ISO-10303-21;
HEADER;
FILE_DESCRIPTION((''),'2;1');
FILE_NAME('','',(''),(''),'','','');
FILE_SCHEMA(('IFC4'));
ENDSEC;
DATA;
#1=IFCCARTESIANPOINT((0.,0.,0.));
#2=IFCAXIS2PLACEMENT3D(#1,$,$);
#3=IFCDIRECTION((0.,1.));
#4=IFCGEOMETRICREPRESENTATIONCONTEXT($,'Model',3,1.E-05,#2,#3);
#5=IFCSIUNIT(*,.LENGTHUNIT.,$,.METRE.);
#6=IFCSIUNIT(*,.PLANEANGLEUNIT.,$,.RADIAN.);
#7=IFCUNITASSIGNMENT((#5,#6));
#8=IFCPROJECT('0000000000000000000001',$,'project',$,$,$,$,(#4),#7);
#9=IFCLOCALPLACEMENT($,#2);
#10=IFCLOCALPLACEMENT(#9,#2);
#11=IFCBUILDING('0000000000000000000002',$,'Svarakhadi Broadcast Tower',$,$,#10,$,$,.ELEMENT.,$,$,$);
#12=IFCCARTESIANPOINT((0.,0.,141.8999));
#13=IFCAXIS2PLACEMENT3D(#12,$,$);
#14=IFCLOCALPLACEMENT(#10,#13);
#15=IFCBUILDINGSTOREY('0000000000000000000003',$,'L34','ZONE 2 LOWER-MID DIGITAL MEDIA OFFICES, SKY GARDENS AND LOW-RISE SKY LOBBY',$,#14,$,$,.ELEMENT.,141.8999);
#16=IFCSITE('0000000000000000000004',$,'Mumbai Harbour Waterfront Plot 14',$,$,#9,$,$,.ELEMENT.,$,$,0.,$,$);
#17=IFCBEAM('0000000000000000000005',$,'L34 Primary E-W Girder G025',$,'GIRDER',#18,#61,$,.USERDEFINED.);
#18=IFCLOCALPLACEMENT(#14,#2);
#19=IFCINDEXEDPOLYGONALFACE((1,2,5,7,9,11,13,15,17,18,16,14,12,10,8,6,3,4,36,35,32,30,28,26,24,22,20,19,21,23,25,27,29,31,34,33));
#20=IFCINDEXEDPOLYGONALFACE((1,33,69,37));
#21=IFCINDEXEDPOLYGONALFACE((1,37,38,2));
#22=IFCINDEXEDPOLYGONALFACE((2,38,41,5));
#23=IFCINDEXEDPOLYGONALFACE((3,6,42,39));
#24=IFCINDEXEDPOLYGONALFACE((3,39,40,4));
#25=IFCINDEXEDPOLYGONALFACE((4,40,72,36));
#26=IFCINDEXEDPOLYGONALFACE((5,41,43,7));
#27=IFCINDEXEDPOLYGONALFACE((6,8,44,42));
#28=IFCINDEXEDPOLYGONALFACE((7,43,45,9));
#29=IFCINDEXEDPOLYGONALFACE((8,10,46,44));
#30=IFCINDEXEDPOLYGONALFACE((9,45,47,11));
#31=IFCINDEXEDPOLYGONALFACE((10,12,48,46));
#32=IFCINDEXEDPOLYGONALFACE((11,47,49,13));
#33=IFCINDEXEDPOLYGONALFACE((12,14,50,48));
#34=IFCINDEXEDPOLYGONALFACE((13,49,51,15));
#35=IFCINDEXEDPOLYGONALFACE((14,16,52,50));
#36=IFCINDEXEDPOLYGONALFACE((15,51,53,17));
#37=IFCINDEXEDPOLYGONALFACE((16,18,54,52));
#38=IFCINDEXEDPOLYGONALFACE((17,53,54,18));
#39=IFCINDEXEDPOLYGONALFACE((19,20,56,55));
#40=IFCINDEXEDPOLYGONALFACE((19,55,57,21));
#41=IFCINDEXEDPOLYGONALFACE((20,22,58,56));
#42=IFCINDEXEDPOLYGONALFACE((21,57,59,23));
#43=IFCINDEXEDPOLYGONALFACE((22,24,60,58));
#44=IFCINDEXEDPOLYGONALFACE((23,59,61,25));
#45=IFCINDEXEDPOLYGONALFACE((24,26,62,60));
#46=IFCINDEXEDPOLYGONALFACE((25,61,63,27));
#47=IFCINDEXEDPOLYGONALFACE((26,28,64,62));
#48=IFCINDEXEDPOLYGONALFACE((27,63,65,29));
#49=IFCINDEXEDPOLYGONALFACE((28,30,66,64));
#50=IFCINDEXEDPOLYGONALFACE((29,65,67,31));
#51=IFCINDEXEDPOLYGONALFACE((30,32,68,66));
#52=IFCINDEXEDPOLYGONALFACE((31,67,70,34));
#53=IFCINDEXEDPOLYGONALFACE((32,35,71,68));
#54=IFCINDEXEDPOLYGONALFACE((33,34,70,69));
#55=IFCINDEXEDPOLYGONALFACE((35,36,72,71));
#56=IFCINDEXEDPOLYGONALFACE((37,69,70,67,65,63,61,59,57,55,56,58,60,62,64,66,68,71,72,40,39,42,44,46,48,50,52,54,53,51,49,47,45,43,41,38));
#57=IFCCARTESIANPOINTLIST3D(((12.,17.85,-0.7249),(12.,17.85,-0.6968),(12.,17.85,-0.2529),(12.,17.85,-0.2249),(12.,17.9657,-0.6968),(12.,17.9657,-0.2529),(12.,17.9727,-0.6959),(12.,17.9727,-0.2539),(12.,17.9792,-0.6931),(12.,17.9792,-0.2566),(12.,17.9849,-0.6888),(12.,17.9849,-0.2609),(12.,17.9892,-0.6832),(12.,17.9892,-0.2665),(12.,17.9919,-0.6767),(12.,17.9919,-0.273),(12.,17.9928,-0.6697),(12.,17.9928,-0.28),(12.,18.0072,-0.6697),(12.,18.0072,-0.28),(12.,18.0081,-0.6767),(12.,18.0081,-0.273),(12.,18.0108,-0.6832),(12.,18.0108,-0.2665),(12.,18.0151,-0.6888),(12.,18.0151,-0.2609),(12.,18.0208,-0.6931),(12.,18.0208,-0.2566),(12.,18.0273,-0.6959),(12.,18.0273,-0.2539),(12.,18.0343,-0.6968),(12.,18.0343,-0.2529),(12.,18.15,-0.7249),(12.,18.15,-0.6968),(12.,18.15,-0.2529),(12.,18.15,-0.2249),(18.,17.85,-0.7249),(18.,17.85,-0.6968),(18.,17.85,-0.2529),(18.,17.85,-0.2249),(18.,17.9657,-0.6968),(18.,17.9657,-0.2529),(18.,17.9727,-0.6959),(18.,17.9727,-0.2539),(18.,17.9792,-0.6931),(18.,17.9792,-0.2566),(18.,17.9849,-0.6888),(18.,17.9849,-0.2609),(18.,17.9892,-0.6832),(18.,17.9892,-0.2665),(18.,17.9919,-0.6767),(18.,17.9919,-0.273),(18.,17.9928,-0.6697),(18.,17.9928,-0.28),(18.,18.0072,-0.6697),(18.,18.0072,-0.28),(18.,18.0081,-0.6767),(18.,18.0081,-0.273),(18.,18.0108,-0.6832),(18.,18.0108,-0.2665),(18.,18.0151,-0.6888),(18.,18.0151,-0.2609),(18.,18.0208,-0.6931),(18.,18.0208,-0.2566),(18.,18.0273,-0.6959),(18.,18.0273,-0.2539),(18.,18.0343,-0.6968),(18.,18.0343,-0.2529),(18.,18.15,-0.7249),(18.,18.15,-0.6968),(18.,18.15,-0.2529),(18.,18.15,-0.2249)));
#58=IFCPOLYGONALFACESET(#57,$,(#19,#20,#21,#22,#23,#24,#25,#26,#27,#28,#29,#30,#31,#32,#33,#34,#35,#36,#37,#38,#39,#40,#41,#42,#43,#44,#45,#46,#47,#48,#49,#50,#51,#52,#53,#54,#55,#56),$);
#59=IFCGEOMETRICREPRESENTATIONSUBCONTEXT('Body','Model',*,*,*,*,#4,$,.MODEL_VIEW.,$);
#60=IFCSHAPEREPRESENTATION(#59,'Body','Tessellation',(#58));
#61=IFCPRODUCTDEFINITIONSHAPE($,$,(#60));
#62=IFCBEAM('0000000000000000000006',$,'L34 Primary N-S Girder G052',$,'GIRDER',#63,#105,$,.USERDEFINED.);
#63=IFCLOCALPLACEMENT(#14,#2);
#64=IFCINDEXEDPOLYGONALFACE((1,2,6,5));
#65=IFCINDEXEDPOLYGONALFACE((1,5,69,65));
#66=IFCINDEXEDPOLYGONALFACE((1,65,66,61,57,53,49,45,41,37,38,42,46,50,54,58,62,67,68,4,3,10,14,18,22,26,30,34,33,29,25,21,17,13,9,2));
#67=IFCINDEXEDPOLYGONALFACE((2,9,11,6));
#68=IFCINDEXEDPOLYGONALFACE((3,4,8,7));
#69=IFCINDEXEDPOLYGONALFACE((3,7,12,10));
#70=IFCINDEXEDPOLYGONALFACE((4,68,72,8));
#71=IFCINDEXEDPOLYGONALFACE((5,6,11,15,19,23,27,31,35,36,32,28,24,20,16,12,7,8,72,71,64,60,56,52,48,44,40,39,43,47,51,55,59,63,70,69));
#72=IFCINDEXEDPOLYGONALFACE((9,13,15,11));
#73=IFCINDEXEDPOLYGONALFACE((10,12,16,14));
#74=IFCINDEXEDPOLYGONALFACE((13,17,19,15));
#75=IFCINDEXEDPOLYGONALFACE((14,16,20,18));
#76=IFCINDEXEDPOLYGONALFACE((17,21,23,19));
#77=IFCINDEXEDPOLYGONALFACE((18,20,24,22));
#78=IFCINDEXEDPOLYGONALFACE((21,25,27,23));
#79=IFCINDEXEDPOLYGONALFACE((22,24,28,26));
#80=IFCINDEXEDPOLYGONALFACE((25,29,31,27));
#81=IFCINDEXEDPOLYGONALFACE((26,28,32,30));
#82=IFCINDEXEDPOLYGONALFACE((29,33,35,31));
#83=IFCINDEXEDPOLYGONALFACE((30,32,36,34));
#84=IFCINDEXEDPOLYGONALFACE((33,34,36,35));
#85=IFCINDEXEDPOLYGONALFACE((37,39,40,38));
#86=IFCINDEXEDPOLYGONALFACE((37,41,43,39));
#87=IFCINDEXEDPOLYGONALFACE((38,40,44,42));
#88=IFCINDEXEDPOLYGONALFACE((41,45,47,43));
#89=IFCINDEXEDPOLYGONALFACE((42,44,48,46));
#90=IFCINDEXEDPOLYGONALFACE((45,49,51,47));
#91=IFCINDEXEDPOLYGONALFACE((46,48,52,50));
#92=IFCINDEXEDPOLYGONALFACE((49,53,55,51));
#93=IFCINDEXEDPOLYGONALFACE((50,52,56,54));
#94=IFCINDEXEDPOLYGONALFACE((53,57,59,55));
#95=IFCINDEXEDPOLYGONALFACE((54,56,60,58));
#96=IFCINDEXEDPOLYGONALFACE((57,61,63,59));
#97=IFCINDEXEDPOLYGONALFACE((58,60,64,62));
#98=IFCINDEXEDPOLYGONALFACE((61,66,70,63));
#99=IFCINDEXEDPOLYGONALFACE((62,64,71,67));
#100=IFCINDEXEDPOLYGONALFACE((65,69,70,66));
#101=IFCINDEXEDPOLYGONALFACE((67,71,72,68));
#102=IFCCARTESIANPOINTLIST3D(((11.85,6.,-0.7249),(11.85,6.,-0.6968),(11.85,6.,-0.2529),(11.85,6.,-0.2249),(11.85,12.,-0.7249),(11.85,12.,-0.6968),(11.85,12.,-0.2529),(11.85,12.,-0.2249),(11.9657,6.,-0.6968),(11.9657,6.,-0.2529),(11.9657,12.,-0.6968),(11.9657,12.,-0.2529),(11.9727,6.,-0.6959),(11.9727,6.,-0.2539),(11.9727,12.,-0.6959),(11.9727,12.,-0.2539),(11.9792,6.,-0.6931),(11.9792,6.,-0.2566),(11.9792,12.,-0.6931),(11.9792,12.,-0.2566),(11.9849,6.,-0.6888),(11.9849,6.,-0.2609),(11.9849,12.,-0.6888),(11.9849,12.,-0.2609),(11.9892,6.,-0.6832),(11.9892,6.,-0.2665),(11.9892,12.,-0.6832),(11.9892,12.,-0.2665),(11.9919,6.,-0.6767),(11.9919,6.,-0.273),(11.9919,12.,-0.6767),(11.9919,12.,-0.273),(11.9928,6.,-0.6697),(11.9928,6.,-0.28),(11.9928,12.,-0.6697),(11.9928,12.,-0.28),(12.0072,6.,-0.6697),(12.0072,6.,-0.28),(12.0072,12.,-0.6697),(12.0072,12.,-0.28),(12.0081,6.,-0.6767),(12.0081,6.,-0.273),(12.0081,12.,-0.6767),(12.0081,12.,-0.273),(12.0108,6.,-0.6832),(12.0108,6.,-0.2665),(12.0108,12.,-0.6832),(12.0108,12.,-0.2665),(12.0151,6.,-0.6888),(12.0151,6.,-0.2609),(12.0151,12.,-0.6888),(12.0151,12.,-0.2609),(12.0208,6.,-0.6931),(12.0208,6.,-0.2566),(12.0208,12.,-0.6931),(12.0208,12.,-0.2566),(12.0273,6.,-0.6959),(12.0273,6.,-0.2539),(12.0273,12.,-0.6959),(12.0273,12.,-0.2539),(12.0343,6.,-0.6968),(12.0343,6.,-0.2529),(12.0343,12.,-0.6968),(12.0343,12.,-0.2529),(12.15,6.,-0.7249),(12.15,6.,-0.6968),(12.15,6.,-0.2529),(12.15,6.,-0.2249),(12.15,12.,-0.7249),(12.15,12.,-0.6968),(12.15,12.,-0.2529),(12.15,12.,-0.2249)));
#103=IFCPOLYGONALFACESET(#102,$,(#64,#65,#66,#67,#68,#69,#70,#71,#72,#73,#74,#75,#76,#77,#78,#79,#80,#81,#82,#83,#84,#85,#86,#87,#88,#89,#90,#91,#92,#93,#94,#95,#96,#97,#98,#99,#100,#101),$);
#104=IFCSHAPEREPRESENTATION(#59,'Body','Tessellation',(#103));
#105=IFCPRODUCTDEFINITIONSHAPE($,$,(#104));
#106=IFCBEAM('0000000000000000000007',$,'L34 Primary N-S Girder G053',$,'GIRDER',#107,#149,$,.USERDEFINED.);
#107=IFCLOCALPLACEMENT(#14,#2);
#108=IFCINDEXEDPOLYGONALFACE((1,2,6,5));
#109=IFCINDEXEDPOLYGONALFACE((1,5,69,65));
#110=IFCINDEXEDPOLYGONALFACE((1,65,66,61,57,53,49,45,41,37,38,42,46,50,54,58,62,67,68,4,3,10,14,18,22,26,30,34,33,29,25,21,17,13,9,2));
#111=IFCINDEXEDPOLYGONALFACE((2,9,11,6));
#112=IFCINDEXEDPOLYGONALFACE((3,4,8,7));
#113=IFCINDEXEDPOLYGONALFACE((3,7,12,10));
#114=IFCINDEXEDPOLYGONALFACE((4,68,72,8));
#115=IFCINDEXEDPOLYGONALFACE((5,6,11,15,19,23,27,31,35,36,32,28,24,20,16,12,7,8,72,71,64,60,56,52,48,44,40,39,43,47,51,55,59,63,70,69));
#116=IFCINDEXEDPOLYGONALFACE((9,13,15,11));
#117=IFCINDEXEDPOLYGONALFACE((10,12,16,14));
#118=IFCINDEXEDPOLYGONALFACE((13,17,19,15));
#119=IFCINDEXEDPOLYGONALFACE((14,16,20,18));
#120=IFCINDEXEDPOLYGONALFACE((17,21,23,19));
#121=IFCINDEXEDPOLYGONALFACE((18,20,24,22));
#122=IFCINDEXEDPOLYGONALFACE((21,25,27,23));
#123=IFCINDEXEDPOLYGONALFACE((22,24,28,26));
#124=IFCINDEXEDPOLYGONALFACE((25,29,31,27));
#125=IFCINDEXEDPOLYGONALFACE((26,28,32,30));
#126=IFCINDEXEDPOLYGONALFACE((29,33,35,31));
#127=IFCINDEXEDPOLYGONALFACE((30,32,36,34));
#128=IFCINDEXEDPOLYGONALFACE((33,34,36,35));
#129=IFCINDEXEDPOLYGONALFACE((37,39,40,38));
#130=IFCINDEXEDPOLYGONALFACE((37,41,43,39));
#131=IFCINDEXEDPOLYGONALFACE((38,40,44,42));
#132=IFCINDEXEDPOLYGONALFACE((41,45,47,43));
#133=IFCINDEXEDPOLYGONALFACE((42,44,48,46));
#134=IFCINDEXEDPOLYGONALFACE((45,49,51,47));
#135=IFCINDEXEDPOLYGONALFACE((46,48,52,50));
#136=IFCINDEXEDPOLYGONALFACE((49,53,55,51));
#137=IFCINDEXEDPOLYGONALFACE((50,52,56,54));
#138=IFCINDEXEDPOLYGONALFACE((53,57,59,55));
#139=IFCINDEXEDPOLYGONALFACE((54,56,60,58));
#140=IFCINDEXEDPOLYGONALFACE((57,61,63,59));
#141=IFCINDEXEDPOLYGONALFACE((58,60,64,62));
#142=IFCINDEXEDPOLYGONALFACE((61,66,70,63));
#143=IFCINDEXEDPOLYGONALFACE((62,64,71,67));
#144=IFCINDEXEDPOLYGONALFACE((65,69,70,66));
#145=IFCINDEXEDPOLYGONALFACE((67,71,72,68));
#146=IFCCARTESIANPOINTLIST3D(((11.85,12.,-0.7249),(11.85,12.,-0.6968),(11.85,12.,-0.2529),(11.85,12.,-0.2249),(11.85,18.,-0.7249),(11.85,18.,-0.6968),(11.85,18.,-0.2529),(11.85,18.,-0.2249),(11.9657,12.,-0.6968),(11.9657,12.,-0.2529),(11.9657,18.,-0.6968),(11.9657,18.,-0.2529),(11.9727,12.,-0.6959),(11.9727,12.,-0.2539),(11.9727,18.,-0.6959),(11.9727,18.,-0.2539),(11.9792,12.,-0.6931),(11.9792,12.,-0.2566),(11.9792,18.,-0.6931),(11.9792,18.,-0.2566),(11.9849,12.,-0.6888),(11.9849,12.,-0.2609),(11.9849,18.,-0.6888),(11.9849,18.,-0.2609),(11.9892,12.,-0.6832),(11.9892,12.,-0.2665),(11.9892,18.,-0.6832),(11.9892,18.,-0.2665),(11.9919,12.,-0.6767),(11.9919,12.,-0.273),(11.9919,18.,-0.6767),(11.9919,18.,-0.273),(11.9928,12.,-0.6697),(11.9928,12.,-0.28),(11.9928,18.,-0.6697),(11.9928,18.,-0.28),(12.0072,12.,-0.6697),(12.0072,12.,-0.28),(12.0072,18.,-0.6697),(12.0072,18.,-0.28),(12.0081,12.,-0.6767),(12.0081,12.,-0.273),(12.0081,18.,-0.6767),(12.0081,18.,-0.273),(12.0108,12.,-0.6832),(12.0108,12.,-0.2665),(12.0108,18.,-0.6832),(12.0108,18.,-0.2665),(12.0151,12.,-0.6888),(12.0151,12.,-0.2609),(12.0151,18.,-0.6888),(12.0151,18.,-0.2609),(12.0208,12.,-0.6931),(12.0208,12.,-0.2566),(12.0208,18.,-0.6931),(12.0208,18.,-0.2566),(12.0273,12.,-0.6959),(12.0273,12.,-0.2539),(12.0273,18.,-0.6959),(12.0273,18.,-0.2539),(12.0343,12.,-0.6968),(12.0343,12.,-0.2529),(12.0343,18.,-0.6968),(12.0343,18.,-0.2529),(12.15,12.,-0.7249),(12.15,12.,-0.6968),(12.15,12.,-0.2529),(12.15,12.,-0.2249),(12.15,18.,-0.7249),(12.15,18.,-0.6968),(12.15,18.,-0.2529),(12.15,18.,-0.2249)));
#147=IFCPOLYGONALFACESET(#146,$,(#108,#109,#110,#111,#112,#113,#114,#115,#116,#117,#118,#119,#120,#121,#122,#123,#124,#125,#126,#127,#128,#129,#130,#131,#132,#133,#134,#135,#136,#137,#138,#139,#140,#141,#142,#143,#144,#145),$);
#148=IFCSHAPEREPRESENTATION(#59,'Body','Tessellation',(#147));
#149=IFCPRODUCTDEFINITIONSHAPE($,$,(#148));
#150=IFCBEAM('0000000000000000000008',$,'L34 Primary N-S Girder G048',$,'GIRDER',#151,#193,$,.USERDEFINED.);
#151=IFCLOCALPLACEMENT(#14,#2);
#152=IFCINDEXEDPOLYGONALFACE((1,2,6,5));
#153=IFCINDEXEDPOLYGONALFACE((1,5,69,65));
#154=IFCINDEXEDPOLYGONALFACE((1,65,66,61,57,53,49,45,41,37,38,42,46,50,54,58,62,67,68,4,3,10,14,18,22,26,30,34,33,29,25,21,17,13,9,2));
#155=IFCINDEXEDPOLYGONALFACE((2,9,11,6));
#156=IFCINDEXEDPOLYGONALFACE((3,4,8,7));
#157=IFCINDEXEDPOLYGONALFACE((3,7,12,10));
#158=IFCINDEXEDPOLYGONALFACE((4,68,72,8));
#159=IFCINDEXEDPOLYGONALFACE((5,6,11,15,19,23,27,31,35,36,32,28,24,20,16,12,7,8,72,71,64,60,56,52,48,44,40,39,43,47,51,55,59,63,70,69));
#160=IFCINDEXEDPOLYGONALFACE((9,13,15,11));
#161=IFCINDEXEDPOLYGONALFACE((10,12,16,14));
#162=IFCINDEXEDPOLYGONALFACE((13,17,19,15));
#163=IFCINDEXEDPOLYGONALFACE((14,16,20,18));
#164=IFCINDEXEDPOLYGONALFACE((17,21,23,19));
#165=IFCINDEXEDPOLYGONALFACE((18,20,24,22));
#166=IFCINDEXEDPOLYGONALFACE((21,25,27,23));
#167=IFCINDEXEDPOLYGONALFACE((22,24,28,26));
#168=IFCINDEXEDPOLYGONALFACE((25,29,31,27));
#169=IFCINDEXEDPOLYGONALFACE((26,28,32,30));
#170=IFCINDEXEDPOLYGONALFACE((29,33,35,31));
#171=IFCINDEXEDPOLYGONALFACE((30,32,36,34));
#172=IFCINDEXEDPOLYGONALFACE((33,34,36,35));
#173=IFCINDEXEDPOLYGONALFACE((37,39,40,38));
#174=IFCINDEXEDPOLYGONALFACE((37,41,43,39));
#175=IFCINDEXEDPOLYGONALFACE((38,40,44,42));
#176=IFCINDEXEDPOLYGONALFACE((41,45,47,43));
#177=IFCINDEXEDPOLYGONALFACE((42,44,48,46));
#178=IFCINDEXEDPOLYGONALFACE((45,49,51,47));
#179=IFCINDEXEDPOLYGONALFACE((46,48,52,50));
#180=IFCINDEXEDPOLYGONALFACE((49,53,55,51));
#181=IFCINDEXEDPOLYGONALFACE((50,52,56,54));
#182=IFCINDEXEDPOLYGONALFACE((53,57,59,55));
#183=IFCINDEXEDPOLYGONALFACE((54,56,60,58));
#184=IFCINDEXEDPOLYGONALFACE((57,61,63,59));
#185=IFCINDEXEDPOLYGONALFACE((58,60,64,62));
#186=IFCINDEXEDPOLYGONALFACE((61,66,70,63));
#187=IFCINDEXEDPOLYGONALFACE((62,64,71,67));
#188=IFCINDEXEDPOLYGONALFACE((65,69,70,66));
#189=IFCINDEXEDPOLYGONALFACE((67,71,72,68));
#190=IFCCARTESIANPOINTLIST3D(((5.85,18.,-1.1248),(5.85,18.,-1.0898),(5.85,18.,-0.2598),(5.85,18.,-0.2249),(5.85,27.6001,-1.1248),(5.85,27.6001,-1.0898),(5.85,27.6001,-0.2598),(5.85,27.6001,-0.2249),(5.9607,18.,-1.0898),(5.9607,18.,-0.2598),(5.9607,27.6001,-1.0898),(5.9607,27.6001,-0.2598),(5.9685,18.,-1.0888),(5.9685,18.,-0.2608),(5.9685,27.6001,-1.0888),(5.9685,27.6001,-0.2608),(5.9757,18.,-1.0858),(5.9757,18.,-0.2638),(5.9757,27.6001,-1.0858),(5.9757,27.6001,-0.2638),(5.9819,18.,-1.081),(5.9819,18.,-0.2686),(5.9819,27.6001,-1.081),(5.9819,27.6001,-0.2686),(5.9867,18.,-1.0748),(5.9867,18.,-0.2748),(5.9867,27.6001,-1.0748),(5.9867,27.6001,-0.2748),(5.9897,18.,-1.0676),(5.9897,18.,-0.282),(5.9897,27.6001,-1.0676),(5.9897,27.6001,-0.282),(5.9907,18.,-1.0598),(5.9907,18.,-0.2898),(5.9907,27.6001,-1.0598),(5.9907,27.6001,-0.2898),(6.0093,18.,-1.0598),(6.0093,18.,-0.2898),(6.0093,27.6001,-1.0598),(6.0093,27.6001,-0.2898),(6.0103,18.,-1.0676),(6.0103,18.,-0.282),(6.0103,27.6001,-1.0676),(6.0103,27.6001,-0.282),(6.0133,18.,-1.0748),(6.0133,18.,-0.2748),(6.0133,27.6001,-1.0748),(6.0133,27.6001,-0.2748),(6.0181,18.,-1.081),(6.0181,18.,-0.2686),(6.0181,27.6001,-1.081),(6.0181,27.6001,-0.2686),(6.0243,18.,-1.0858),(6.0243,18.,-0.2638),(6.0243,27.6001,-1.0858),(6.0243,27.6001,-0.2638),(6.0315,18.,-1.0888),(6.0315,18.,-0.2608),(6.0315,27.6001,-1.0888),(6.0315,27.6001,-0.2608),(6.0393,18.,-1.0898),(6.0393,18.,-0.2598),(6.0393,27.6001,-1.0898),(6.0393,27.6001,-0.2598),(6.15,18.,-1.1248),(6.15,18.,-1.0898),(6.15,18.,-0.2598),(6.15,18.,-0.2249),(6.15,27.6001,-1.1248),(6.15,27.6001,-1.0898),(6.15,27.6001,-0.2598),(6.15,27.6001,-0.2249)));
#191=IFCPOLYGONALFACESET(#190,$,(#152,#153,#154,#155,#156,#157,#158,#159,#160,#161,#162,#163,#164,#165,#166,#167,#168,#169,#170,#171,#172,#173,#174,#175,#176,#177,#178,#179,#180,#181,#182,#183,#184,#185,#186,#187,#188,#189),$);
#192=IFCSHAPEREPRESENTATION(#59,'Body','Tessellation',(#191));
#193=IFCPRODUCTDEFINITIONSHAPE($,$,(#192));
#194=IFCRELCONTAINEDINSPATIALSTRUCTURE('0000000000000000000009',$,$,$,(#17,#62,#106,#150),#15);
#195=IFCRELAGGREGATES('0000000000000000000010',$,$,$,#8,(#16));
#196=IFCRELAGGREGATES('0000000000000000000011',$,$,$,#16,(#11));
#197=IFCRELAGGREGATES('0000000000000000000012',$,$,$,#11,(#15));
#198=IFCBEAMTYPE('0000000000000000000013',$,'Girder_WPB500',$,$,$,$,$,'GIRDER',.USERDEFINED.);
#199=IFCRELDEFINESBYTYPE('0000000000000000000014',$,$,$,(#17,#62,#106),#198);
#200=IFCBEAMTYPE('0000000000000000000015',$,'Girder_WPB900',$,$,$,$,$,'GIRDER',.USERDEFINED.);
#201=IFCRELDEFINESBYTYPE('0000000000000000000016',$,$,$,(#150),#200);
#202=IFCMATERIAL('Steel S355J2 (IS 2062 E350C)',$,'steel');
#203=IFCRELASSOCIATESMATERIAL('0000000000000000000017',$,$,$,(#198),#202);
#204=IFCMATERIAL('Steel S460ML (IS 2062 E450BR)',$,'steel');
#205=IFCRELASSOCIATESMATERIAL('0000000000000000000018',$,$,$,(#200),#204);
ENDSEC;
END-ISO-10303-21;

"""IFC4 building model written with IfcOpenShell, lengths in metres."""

from ifc_helpers import new_model, si_unit, direction, frame, origin, origin_2d, place, context, subcontext, project, spatial, i_section, extrude, material, material_profile, profile_set, type_object, element, save


model = new_model("IFC4")

# Units and contexts
model_context = context("Model", 3, precision=1e-05, world=origin(), true_north=direction((0.0, 1.0)))
body_context = subcontext(model_context, "Body", "Model", "MODEL_VIEW")
ifc_project = project(units=[si_unit("LENGTHUNIT", "METRE"), si_unit("PLANEANGLEUNIT", "RADIAN")], contexts=[model_context])

# Site, building, storey
site_placement = place(None, origin())
site = spatial("IfcSite", under=ifc_project, at=site_placement, Name="Mumbai Harbour Waterfront Plot 14", CompositionType="ELEMENT", RefElevation=0.0)
building_placement = place(site_placement, origin())
building = spatial("IfcBuilding", under=site, at=building_placement, Name="Svarakhadi Broadcast Tower", CompositionType="ELEMENT")
storey_placement = place(building_placement, frame((0.0, 0.0, 141.8999)))
storey = spatial("IfcBuildingStorey", under=building, at=storey_placement, Name="L34", Description="ZONE 2 LOWER-MID DIGITAL MEDIA OFFICES, SKY GARDENS AND LOW-RISE SKY LOBBY", CompositionType="ELEMENT", Elevation=141.8999)

# Shared definitions
ifc_material_1 = material(Name="Steel S460ML (IS 2062 E450BR)", Category="steel")

# Beams
ifc_material_2 = material(Name="Steel S355J2 (IS 2062 E350C)", Category="steel")
ifc_material_profile_1 = material_profile(ifc_material_2, i_section(OverallWidth=0.3, OverallDepth=0.5, WebThickness=0.0144, FlangeThickness=0.0281, FilletRadius=0.0271, at=origin_2d()), Name="WPB 500x300x187")
ifc_profile_set_1 = profile_set([ifc_material_profile_1], Name="Steel S355J2 (IS 2062 E350C)")
beam_type_1 = type_object("IfcBeamType", Name="Girder_WPB500", ElementType="GIRDER", PredefinedType="USERDEFINED", material=ifc_profile_set_1)
for number, where, z_axis, x_axis, name in (
    (1, (12.0, 18.0, -0.4749), (1.0, 0.0, 0.0), (0.0, 1.0, 0.0), "L34 Primary E-W Girder G025"),
    (2, (12.0, 6.0, -0.4749), (0.0, 1.0, 0.0), (-1.0, 0.0, 0.0), "L34 Primary N-S Girder G052"),
    (3, (12.0, 12.0, -0.4749), (0.0, 1.0, 0.0), (-1.0, 0.0, 0.0), "L34 Primary N-S Girder G053"),
):
    element("IfcBeam", number, at=place(storey_placement, frame(where, z_axis=z_axis, x_axis=x_axis)), inside=storey, type_object=beam_type_1, Name=name, ObjectType="GIRDER", PredefinedType="USERDEFINED", context=body_context, shape_type="SweptSolid", body=[
        extrude(i_section(OverallWidth=0.3, OverallDepth=0.5, WebThickness=0.0144, FlangeThickness=0.0281, FilletRadius=0.0271, at=origin_2d()), origin(), (0.0, 0.0, 1.0), 6.0),
    ])
ifc_material_profile_2 = material_profile(ifc_material_1, i_section(OverallWidth=0.3, OverallDepth=0.8999, WebThickness=0.0186, FlangeThickness=0.0349, FilletRadius=0.03, at=origin_2d()), Name="WPB 900x300x291")
ifc_profile_set_2 = profile_set([ifc_material_profile_2], Name="Steel S460ML (IS 2062 E450BR)")
beam_type_2 = type_object("IfcBeamType", Name="Girder_WPB900", ElementType="GIRDER", PredefinedType="USERDEFINED", material=ifc_profile_set_2)
beam_placement = place(storey_placement, frame((6.0, 18.0, -0.6748), z_axis=(0.0, 1.0, 0.0), x_axis=(-1.0, 0.0, 0.0)))
element("IfcBeam", 4, at=beam_placement, inside=storey, type_object=beam_type_2, Name="L34 Primary N-S Girder G048", ObjectType="GIRDER", PredefinedType="USERDEFINED", context=body_context, shape_type="SweptSolid", body=[
    extrude(i_section(OverallWidth=0.3, OverallDepth=0.8999, WebThickness=0.0186, FlangeThickness=0.0349, FilletRadius=0.03, at=origin_2d()), origin(), (0.0, 0.0, 1.0), 9.6001),
])

save(model, "model.ifc")
